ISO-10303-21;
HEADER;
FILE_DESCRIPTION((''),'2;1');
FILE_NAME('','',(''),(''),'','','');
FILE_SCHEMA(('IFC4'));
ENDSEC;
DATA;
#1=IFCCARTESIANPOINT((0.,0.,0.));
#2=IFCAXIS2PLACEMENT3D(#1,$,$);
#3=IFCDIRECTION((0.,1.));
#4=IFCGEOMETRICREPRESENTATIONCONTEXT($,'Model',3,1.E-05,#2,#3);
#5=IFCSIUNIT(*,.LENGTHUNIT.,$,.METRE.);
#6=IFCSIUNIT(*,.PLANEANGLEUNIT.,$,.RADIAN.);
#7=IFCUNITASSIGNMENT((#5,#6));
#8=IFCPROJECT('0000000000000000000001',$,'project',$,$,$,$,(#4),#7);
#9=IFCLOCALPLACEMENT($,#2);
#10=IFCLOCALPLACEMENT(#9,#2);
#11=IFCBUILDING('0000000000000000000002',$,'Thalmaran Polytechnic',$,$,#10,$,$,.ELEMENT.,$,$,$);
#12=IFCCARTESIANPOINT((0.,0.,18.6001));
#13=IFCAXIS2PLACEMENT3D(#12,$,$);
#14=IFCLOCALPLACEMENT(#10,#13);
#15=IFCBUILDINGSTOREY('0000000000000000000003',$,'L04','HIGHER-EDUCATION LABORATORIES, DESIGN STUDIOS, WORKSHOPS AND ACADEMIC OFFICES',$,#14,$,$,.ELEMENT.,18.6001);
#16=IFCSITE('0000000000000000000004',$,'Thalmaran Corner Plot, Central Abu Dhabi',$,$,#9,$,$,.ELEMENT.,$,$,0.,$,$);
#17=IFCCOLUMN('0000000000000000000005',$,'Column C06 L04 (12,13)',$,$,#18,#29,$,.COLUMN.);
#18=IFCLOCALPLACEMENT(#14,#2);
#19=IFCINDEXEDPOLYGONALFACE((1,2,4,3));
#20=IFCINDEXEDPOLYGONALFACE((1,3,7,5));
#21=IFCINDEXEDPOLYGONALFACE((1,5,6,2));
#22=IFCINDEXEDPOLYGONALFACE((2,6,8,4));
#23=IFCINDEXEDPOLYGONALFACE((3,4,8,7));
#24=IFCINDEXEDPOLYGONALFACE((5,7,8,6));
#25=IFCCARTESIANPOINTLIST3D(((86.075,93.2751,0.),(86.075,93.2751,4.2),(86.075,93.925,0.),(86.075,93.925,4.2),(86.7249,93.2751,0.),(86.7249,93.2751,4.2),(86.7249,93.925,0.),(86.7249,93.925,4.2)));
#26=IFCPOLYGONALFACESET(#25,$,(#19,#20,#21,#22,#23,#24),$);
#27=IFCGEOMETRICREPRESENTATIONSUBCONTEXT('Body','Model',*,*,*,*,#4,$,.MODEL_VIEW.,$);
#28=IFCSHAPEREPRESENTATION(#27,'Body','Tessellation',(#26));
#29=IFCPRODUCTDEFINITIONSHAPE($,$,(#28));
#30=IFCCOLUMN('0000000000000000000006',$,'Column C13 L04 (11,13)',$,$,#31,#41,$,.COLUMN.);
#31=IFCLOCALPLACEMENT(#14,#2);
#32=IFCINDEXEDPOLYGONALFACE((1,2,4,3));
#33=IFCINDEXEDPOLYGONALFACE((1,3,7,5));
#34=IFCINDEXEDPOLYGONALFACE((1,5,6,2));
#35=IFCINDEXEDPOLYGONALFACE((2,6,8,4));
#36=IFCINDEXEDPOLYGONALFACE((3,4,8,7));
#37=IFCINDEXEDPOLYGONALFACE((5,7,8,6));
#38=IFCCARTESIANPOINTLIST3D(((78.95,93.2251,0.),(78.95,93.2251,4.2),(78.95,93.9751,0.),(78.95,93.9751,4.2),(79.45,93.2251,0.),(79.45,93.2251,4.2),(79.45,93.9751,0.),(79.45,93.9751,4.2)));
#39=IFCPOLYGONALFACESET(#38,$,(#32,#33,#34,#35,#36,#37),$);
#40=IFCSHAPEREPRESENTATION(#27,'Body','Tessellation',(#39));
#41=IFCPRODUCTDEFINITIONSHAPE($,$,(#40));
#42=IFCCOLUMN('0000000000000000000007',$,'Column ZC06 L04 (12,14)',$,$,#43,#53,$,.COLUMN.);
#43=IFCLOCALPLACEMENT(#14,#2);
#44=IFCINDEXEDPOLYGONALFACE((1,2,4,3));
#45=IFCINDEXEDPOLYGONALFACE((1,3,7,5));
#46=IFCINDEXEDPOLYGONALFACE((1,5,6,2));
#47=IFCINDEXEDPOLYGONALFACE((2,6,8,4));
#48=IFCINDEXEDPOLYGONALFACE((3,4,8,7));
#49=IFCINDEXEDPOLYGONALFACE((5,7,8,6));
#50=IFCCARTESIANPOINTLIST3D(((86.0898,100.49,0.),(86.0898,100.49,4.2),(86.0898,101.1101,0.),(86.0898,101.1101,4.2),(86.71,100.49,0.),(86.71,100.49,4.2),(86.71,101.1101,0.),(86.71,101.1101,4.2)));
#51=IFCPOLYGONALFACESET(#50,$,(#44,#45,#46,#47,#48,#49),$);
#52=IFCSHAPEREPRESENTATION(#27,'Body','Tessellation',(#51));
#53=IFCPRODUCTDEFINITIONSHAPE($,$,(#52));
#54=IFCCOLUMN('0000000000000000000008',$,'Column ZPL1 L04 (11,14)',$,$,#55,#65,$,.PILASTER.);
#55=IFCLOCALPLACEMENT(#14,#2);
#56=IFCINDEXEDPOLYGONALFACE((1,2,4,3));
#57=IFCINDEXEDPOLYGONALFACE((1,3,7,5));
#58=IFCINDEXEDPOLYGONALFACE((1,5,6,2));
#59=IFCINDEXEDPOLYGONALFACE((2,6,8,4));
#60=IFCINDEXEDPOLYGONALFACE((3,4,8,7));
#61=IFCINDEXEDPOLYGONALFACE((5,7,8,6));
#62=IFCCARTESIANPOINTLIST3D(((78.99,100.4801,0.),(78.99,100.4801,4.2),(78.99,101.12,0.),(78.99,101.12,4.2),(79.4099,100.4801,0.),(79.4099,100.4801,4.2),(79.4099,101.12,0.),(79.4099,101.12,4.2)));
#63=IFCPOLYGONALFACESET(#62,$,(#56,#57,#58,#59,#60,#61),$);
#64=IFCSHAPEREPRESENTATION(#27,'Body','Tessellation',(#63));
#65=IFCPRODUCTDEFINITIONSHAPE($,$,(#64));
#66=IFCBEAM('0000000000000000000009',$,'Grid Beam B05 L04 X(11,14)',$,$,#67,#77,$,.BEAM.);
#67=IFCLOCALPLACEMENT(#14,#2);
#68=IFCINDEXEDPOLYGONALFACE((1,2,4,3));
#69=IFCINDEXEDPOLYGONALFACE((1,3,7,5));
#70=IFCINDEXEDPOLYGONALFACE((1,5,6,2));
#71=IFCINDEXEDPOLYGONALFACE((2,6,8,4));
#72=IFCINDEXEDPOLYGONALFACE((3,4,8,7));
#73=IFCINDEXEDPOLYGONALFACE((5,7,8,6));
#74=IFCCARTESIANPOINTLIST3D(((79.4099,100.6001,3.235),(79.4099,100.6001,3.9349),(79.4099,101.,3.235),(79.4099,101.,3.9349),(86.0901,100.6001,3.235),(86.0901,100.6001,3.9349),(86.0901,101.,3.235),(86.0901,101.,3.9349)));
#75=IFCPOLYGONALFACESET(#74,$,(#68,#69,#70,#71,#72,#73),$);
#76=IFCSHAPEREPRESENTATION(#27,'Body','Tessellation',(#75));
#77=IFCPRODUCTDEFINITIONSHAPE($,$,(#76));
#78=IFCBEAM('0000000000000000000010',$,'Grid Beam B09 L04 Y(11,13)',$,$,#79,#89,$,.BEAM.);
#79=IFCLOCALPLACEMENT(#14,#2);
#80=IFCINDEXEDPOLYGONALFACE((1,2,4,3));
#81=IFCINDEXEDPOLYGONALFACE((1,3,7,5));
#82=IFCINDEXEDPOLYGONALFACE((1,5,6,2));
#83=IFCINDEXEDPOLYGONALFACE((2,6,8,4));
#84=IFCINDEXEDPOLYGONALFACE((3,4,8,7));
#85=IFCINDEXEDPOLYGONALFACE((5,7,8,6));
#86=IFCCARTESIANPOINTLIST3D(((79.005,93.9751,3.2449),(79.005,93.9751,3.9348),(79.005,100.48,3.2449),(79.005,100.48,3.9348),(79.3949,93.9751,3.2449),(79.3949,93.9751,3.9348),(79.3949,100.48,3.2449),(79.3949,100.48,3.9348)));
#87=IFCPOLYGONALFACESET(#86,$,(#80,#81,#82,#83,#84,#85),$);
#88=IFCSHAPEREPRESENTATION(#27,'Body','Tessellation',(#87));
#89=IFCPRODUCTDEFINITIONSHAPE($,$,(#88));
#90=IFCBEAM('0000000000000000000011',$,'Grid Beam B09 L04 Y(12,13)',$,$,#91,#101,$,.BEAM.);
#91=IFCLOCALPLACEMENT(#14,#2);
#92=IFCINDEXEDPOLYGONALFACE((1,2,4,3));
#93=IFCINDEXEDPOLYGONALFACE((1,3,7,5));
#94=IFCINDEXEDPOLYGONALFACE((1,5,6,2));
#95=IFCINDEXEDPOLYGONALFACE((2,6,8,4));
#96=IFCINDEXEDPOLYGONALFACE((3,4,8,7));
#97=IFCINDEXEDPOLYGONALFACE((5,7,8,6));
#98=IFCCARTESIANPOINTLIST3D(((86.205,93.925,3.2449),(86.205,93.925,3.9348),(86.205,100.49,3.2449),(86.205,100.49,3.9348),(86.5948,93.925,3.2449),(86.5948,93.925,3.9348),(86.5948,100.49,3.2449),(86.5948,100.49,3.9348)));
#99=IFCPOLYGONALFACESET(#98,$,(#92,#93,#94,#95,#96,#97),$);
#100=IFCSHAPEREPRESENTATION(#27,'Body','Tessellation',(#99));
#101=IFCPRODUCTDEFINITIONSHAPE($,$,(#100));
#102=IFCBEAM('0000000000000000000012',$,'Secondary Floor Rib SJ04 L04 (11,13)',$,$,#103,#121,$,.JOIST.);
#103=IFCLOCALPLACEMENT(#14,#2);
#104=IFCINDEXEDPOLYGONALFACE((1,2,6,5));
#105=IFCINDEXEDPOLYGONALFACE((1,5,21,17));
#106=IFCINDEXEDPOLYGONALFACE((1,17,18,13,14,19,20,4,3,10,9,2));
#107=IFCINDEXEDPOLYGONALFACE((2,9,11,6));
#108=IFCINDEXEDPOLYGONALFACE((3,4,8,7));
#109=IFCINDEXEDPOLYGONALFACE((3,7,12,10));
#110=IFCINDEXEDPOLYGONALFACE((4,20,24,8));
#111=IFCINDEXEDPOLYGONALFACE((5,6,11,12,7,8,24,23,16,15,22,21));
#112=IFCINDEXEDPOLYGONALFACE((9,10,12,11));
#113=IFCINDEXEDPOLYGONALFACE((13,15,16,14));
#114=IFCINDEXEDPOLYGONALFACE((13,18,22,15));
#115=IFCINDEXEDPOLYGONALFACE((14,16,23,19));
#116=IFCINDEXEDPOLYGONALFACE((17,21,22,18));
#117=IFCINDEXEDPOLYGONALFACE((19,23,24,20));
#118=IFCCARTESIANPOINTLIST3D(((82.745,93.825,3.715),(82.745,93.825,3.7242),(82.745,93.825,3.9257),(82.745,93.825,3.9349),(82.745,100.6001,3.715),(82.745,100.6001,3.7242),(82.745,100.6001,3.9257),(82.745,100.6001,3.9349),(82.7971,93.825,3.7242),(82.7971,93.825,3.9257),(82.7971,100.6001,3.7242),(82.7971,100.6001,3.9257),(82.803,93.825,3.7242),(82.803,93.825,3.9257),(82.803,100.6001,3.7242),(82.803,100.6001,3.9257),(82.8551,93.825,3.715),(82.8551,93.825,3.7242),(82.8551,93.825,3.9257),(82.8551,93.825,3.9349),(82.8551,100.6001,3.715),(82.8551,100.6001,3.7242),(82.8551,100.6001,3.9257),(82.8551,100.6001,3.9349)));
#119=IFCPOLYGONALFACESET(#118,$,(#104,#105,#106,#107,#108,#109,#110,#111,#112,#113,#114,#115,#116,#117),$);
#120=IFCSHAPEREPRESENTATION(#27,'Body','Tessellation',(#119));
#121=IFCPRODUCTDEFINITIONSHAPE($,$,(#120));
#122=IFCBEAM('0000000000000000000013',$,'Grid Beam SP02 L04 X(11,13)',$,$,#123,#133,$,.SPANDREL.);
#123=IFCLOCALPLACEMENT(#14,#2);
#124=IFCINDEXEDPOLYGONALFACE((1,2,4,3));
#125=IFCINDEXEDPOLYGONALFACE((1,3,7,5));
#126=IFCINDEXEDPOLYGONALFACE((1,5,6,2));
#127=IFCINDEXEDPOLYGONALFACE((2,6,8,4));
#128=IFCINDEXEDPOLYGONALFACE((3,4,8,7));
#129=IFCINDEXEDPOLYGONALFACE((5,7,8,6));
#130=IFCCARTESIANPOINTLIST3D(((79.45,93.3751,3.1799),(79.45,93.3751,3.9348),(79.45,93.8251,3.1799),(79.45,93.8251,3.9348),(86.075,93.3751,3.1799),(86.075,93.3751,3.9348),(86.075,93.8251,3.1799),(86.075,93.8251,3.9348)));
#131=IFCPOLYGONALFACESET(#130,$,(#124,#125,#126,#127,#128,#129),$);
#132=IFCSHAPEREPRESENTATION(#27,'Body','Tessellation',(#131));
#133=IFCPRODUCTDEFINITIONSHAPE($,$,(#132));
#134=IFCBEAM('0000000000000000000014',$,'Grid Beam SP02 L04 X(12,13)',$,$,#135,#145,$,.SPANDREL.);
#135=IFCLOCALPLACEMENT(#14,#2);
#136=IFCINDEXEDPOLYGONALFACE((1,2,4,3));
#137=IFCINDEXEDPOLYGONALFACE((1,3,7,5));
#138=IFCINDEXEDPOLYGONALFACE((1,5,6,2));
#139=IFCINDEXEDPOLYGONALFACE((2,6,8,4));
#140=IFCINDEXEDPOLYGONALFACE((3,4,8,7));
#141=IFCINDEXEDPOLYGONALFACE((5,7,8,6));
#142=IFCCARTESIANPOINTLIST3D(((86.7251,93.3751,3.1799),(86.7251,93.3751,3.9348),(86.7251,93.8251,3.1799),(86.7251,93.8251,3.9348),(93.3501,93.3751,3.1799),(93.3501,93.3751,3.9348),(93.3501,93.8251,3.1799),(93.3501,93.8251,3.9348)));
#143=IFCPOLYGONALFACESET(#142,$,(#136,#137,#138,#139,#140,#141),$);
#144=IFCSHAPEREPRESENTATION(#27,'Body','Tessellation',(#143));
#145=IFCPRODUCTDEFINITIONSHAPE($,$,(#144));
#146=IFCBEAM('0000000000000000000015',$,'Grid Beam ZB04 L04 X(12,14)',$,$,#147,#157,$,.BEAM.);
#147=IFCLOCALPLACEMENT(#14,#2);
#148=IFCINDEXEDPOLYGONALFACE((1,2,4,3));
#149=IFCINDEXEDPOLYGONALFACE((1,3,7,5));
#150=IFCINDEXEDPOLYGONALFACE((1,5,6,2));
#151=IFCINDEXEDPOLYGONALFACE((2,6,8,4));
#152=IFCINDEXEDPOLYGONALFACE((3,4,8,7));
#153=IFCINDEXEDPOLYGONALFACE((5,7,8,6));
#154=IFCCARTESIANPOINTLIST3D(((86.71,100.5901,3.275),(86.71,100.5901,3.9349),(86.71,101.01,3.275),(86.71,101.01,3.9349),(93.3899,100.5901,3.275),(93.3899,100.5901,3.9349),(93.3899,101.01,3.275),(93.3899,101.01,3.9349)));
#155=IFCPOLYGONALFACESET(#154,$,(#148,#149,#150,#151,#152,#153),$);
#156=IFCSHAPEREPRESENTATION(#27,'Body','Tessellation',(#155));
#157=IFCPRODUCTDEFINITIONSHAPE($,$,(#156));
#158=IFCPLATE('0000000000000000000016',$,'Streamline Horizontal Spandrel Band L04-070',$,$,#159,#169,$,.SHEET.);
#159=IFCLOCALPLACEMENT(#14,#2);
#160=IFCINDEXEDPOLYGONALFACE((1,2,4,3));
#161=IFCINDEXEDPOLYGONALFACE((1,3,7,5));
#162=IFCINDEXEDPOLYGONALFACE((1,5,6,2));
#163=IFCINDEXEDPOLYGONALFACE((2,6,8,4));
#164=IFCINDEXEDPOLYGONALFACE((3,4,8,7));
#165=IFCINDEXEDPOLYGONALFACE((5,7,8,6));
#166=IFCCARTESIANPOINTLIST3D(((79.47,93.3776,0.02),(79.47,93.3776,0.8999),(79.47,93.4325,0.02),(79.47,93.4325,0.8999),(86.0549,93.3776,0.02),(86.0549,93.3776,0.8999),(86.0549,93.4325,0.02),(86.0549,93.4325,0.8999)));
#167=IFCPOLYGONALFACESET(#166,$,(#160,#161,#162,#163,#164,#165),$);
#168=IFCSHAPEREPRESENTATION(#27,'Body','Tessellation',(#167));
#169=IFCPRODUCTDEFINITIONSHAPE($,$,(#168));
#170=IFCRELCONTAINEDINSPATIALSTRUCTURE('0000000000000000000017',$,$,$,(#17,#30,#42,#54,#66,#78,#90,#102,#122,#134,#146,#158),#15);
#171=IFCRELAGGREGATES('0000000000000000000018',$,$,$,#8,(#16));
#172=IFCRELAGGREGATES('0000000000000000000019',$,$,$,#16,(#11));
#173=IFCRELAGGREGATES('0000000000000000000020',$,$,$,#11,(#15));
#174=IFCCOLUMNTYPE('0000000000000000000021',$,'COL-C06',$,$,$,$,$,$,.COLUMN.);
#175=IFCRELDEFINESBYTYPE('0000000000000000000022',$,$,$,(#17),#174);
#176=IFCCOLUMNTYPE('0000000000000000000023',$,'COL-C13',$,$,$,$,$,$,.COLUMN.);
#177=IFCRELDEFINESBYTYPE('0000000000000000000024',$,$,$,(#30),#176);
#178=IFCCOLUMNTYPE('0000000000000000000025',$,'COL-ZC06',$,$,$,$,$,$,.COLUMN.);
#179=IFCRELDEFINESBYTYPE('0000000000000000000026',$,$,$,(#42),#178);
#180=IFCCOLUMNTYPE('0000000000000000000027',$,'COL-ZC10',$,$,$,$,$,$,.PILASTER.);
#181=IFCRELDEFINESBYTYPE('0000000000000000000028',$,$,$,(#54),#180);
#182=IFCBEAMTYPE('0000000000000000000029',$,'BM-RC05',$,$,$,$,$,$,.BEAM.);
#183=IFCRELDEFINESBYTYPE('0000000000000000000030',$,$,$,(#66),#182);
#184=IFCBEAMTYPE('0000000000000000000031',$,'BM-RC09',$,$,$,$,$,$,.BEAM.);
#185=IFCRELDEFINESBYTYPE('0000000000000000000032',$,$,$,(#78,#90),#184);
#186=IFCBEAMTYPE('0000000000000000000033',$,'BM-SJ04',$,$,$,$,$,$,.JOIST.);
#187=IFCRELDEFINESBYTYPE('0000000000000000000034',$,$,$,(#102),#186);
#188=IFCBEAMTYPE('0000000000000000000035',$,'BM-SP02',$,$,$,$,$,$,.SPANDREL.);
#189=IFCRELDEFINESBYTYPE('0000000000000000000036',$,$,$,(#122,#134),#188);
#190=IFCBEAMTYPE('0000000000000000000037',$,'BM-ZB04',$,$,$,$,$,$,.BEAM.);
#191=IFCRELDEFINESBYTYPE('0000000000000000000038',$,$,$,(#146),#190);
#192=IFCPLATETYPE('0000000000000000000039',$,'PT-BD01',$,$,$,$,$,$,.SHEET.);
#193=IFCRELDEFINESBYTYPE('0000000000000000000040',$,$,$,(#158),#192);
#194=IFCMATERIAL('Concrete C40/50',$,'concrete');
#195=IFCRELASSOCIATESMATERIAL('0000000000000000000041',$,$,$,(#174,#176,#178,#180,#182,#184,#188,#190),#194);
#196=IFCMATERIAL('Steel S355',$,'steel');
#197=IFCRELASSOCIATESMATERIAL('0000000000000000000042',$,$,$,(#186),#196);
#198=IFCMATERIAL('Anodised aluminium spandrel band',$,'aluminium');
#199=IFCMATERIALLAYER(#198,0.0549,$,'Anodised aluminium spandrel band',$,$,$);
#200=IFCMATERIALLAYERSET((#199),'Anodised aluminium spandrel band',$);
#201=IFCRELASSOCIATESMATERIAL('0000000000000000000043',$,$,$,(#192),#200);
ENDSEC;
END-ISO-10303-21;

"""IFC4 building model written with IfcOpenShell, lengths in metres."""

from ifc_helpers import new_model, si_unit, direction, frame, origin, origin_2d, place, context, subcontext, project, spatial, rectangle, i_section, extrude, material, layer, layer_set, material_profile, profile_set, type_object, element, save


model = new_model("IFC4")

# Units and contexts
model_context = context("Model", 3, precision=1e-05, world=origin(), true_north=direction((0.0, 1.0)))
body_context = subcontext(model_context, "Body", "Model", "MODEL_VIEW")
ifc_project = project(units=[si_unit("LENGTHUNIT", "METRE"), si_unit("PLANEANGLEUNIT", "RADIAN")], contexts=[model_context])

# Site, building, storey
site_placement = place(None, origin())
site = spatial("IfcSite", under=ifc_project, at=site_placement, Name="Thalmaran Corner Plot, Central Abu Dhabi", CompositionType="ELEMENT", RefElevation=0.0)
building_placement = place(site_placement, origin())
building = spatial("IfcBuilding", under=site, at=building_placement, Name="Thalmaran Polytechnic", CompositionType="ELEMENT")
storey_placement = place(building_placement, frame((0.0, 0.0, 18.6001)))
storey = spatial("IfcBuildingStorey", under=building, at=storey_placement, Name="L04", Description="HIGHER-EDUCATION LABORATORIES, DESIGN STUDIOS, WORKSHOPS AND ACADEMIC OFFICES", CompositionType="ELEMENT", Elevation=18.6001)

# Columns
ifc_material_1 = material(Name="Concrete C40/50", Category="concrete")
ifc_material_profile_1 = material_profile(ifc_material_1, rectangle(XDim=0.6499, YDim=0.6499, at=origin_2d()), Name="RC 650x650")
ifc_profile_set_1 = profile_set([ifc_material_profile_1], Name="Concrete C40/50")
column_type_1 = type_object("IfcColumnType", Name="COL-C06", PredefinedType="COLUMN", material=ifc_profile_set_1)
column_1_placement = place(storey_placement, frame((86.3999, 93.6001, 0.0), z_axis=(0.0, 0.0, 1.0), x_axis=(1.0, 0.0, 0.0)))
element("IfcColumn", 1, at=column_1_placement, inside=storey, type_object=column_type_1, Name="Column C06 L04 (12,13)", PredefinedType="COLUMN", context=body_context, shape_type="SweptSolid", body=[
    extrude(rectangle(XDim=0.6499, YDim=0.6499, at=origin_2d()), origin(), (0.0, 0.0, 1.0), 4.2),
])
ifc_material_profile_2 = material_profile(ifc_material_1, rectangle(XDim=0.5, YDim=0.75, at=origin_2d()), Name="RC 500x750")
ifc_profile_set_2 = profile_set([ifc_material_profile_2], Name="Concrete C40/50")
column_type_2 = type_object("IfcColumnType", Name="COL-C13", PredefinedType="COLUMN", material=ifc_profile_set_2)
column_2_placement = place(storey_placement, frame((79.2, 93.6001, 0.0), z_axis=(0.0, 0.0, 1.0), x_axis=(1.0, 0.0, 0.0)))
element("IfcColumn", 2, at=column_2_placement, inside=storey, type_object=column_type_2, Name="Column C13 L04 (11,13)", PredefinedType="COLUMN", context=body_context, shape_type="SweptSolid", body=[
    extrude(rectangle(XDim=0.5, YDim=0.75, at=origin_2d()), origin(), (0.0, 0.0, 1.0), 4.2),
])
ifc_material_profile_3 = material_profile(ifc_material_1, rectangle(XDim=0.6201, YDim=0.6201, at=origin_2d()), Name="RC 620x620")
ifc_profile_set_3 = profile_set([ifc_material_profile_3], Name="Concrete C40/50")
column_type_3 = type_object("IfcColumnType", Name="COL-ZC06", PredefinedType="COLUMN", material=ifc_profile_set_3)
column_3_placement = place(storey_placement, frame((86.3999, 100.8, 0.0), z_axis=(0.0, 0.0, 1.0), x_axis=(1.0, 0.0, 0.0)))
element("IfcColumn", 3, at=column_3_placement, inside=storey, type_object=column_type_3, Name="Column ZC06 L04 (12,14)", PredefinedType="COLUMN", context=body_context, shape_type="SweptSolid", body=[
    extrude(rectangle(XDim=0.6201, YDim=0.6201, at=origin_2d()), origin(), (0.0, 0.0, 1.0), 4.2),
])
ifc_material_profile_4 = material_profile(ifc_material_1, rectangle(XDim=0.4199, YDim=0.6399, at=origin_2d()), Name="RC 420x640")
ifc_profile_set_4 = profile_set([ifc_material_profile_4], Name="Concrete C40/50")
column_type_4 = type_object("IfcColumnType", Name="COL-ZC10", PredefinedType="PILASTER", material=ifc_profile_set_4)
column_4_placement = place(storey_placement, frame((79.2, 100.8, 0.0), z_axis=(0.0, 0.0, 1.0), x_axis=(1.0, 0.0, 0.0)))
element("IfcColumn", 4, at=column_4_placement, inside=storey, type_object=column_type_4, Name="Column ZPL1 L04 (11,14)", PredefinedType="PILASTER", context=body_context, shape_type="SweptSolid", body=[
    extrude(rectangle(XDim=0.4199, YDim=0.6399, at=origin_2d()), origin(), (0.0, 0.0, 1.0), 4.2),
])

# Beams
ifc_material_profile_5 = material_profile(ifc_material_1, rectangle(XDim=0.3999, YDim=0.7, at=origin_2d()), Name="RC 400x700")
ifc_profile_set_5 = profile_set([ifc_material_profile_5], Name="Concrete C40/50")
beam_type_1 = type_object("IfcBeamType", Name="BM-RC05", PredefinedType="BEAM", material=ifc_profile_set_5)
beam_1_placement = place(storey_placement, frame((79.4099, 100.8, 3.585), z_axis=(1.0, 0.0, 0.0), x_axis=(0.0, 1.0, 0.0)))
element("IfcBeam", 5, at=beam_1_placement, inside=storey, type_object=beam_type_1, Name="Grid Beam B05 L04 X(11,14)", PredefinedType="BEAM", context=body_context, shape_type="SweptSolid", body=[
    extrude(rectangle(XDim=0.3999, YDim=0.7, at=origin_2d()), origin(), (0.0, 0.0, 1.0), 6.6802),
])
ifc_material_profile_6 = material_profile(ifc_material_1, rectangle(XDim=0.3899, YDim=0.6899, at=origin_2d()), Name="RC 390x690")
ifc_profile_set_6 = profile_set([ifc_material_profile_6], Name="Concrete C40/50")
beam_type_2 = type_object("IfcBeamType", Name="BM-RC09", PredefinedType="BEAM", material=ifc_profile_set_6)
beam_2_placement = place(storey_placement, frame((79.2, 93.9751, 3.5898), z_axis=(0.0, 1.0, 0.0), x_axis=(-1.0, 0.0, 0.0)))
element("IfcBeam", 6, at=beam_2_placement, inside=storey, type_object=beam_type_2, Name="Grid Beam B09 L04 Y(11,13)", PredefinedType="BEAM", context=body_context, shape_type="SweptSolid", body=[
    extrude(rectangle(XDim=0.3899, YDim=0.6899, at=origin_2d()), origin(), (0.0, 0.0, 1.0), 6.5049),
])
beam_3_placement = place(storey_placement, frame((86.3999, 93.925, 3.5898), z_axis=(0.0, 1.0, 0.0), x_axis=(-1.0, 0.0, 0.0)))
element("IfcBeam", 7, at=beam_3_placement, inside=storey, type_object=beam_type_2, Name="Grid Beam B09 L04 Y(12,13)", PredefinedType="BEAM", context=body_context, shape_type="SweptSolid", body=[
    extrude(rectangle(XDim=0.3899, YDim=0.6899, at=origin_2d()), origin(), (0.0, 0.0, 1.0), 6.5649),
])
ifc_material_2 = material(Name="Steel S355", Category="steel")
ifc_material_profile_7 = material_profile(ifc_material_2, i_section(OverallWidth=0.1101, OverallDepth=0.22, WebThickness=0.0059, FlangeThickness=0.0093, at=origin_2d()), Name="IPE 220")
ifc_profile_set_7 = profile_set([ifc_material_profile_7], Name="Steel S355")
beam_type_3 = type_object("IfcBeamType", Name="BM-SJ04", PredefinedType="JOIST", material=ifc_profile_set_7)
beam_4_placement = place(storey_placement, frame((82.8, 93.825, 3.825), z_axis=(0.0, 1.0, 0.0), x_axis=(-1.0, 0.0, 0.0)))
element("IfcBeam", 8, at=beam_4_placement, inside=storey, type_object=beam_type_3, Name="Secondary Floor Rib SJ04 L04 (11,13)", PredefinedType="JOIST", context=body_context, shape_type="SweptSolid", body=[
    extrude(i_section(OverallWidth=0.1101, OverallDepth=0.22, WebThickness=0.0059, FlangeThickness=0.0093, at=origin_2d()), origin(), (0.0, 0.0, 1.0), 6.7751),
])
ifc_material_profile_8 = material_profile(ifc_material_1, rectangle(XDim=0.45, YDim=0.7549, at=origin_2d()), Name="RC 450x755")
ifc_profile_set_8 = profile_set([ifc_material_profile_8], Name="Concrete C40/50")
beam_type_4 = type_object("IfcBeamType", Name="BM-SP02", PredefinedType="SPANDREL", material=ifc_profile_set_8)
for number, where, z_axis, x_axis, name in (
    (9, (79.45, 93.6001, 3.5574), (1.0, 0.0, 0.0), (0.0, 1.0, 0.0), "Grid Beam SP02 L04 X(11,13)"),
    (10, (86.7251, 93.6001, 3.5574), (1.0, 0.0, 0.0), (0.0, 1.0, 0.0), "Grid Beam SP02 L04 X(12,13)"),
):
    element("IfcBeam", number, at=place(storey_placement, frame(where, z_axis=z_axis, x_axis=x_axis)), inside=storey, type_object=beam_type_4, Name=name, PredefinedType="SPANDREL", context=body_context, shape_type="SweptSolid", body=[
        extrude(rectangle(XDim=0.45, YDim=0.7549, at=origin_2d()), origin(), (0.0, 0.0, 1.0), 6.625),
    ])
ifc_material_profile_9 = material_profile(ifc_material_1, rectangle(XDim=0.4199, YDim=0.6599, at=origin_2d()), Name="RC 420x660")
ifc_profile_set_9 = profile_set([ifc_material_profile_9], Name="Concrete C40/50")
beam_type_5 = type_object("IfcBeamType", Name="BM-ZB04", PredefinedType="BEAM", material=ifc_profile_set_9)
beam_5_placement = place(storey_placement, frame((86.71, 100.8, 3.605), z_axis=(1.0, 0.0, 0.0), x_axis=(0.0, 1.0, 0.0)))
element("IfcBeam", 11, at=beam_5_placement, inside=storey, type_object=beam_type_5, Name="Grid Beam ZB04 L04 X(12,14)", PredefinedType="BEAM", context=body_context, shape_type="SweptSolid", body=[
    extrude(rectangle(XDim=0.4199, YDim=0.6599, at=origin_2d()), origin(), (0.0, 0.0, 1.0), 6.6799),
])

# Plate
ifc_material_3 = material(Name="Anodised aluminium spandrel band", Category="aluminium")
ifc_layer_1 = layer(ifc_material_3, 0.0549, Name="Anodised aluminium spandrel band")
ifc_layer_set_1 = layer_set([ifc_layer_1], Name="Anodised aluminium spandrel band")
plate_type_1 = type_object("IfcPlateType", Name="PT-BD01", PredefinedType="SHEET", material=ifc_layer_set_1)
plate_placement = place(storey_placement, frame((82.7625, 93.405, 0.02), z_axis=(0.0, 0.0, 1.0), x_axis=(-1.0, 0.0, 0.0)))
element("IfcPlate", 12, at=plate_placement, inside=storey, type_object=plate_type_1, Name="Streamline Horizontal Spandrel Band L04-070", PredefinedType="SHEET", context=body_context, shape_type="SweptSolid", body=[
    extrude(rectangle(XDim=6.585, YDim=0.0549, at=origin_2d()), origin(), (0.0, 0.0, 1.0), 0.8799),
])

save(model, "model.ifc")
